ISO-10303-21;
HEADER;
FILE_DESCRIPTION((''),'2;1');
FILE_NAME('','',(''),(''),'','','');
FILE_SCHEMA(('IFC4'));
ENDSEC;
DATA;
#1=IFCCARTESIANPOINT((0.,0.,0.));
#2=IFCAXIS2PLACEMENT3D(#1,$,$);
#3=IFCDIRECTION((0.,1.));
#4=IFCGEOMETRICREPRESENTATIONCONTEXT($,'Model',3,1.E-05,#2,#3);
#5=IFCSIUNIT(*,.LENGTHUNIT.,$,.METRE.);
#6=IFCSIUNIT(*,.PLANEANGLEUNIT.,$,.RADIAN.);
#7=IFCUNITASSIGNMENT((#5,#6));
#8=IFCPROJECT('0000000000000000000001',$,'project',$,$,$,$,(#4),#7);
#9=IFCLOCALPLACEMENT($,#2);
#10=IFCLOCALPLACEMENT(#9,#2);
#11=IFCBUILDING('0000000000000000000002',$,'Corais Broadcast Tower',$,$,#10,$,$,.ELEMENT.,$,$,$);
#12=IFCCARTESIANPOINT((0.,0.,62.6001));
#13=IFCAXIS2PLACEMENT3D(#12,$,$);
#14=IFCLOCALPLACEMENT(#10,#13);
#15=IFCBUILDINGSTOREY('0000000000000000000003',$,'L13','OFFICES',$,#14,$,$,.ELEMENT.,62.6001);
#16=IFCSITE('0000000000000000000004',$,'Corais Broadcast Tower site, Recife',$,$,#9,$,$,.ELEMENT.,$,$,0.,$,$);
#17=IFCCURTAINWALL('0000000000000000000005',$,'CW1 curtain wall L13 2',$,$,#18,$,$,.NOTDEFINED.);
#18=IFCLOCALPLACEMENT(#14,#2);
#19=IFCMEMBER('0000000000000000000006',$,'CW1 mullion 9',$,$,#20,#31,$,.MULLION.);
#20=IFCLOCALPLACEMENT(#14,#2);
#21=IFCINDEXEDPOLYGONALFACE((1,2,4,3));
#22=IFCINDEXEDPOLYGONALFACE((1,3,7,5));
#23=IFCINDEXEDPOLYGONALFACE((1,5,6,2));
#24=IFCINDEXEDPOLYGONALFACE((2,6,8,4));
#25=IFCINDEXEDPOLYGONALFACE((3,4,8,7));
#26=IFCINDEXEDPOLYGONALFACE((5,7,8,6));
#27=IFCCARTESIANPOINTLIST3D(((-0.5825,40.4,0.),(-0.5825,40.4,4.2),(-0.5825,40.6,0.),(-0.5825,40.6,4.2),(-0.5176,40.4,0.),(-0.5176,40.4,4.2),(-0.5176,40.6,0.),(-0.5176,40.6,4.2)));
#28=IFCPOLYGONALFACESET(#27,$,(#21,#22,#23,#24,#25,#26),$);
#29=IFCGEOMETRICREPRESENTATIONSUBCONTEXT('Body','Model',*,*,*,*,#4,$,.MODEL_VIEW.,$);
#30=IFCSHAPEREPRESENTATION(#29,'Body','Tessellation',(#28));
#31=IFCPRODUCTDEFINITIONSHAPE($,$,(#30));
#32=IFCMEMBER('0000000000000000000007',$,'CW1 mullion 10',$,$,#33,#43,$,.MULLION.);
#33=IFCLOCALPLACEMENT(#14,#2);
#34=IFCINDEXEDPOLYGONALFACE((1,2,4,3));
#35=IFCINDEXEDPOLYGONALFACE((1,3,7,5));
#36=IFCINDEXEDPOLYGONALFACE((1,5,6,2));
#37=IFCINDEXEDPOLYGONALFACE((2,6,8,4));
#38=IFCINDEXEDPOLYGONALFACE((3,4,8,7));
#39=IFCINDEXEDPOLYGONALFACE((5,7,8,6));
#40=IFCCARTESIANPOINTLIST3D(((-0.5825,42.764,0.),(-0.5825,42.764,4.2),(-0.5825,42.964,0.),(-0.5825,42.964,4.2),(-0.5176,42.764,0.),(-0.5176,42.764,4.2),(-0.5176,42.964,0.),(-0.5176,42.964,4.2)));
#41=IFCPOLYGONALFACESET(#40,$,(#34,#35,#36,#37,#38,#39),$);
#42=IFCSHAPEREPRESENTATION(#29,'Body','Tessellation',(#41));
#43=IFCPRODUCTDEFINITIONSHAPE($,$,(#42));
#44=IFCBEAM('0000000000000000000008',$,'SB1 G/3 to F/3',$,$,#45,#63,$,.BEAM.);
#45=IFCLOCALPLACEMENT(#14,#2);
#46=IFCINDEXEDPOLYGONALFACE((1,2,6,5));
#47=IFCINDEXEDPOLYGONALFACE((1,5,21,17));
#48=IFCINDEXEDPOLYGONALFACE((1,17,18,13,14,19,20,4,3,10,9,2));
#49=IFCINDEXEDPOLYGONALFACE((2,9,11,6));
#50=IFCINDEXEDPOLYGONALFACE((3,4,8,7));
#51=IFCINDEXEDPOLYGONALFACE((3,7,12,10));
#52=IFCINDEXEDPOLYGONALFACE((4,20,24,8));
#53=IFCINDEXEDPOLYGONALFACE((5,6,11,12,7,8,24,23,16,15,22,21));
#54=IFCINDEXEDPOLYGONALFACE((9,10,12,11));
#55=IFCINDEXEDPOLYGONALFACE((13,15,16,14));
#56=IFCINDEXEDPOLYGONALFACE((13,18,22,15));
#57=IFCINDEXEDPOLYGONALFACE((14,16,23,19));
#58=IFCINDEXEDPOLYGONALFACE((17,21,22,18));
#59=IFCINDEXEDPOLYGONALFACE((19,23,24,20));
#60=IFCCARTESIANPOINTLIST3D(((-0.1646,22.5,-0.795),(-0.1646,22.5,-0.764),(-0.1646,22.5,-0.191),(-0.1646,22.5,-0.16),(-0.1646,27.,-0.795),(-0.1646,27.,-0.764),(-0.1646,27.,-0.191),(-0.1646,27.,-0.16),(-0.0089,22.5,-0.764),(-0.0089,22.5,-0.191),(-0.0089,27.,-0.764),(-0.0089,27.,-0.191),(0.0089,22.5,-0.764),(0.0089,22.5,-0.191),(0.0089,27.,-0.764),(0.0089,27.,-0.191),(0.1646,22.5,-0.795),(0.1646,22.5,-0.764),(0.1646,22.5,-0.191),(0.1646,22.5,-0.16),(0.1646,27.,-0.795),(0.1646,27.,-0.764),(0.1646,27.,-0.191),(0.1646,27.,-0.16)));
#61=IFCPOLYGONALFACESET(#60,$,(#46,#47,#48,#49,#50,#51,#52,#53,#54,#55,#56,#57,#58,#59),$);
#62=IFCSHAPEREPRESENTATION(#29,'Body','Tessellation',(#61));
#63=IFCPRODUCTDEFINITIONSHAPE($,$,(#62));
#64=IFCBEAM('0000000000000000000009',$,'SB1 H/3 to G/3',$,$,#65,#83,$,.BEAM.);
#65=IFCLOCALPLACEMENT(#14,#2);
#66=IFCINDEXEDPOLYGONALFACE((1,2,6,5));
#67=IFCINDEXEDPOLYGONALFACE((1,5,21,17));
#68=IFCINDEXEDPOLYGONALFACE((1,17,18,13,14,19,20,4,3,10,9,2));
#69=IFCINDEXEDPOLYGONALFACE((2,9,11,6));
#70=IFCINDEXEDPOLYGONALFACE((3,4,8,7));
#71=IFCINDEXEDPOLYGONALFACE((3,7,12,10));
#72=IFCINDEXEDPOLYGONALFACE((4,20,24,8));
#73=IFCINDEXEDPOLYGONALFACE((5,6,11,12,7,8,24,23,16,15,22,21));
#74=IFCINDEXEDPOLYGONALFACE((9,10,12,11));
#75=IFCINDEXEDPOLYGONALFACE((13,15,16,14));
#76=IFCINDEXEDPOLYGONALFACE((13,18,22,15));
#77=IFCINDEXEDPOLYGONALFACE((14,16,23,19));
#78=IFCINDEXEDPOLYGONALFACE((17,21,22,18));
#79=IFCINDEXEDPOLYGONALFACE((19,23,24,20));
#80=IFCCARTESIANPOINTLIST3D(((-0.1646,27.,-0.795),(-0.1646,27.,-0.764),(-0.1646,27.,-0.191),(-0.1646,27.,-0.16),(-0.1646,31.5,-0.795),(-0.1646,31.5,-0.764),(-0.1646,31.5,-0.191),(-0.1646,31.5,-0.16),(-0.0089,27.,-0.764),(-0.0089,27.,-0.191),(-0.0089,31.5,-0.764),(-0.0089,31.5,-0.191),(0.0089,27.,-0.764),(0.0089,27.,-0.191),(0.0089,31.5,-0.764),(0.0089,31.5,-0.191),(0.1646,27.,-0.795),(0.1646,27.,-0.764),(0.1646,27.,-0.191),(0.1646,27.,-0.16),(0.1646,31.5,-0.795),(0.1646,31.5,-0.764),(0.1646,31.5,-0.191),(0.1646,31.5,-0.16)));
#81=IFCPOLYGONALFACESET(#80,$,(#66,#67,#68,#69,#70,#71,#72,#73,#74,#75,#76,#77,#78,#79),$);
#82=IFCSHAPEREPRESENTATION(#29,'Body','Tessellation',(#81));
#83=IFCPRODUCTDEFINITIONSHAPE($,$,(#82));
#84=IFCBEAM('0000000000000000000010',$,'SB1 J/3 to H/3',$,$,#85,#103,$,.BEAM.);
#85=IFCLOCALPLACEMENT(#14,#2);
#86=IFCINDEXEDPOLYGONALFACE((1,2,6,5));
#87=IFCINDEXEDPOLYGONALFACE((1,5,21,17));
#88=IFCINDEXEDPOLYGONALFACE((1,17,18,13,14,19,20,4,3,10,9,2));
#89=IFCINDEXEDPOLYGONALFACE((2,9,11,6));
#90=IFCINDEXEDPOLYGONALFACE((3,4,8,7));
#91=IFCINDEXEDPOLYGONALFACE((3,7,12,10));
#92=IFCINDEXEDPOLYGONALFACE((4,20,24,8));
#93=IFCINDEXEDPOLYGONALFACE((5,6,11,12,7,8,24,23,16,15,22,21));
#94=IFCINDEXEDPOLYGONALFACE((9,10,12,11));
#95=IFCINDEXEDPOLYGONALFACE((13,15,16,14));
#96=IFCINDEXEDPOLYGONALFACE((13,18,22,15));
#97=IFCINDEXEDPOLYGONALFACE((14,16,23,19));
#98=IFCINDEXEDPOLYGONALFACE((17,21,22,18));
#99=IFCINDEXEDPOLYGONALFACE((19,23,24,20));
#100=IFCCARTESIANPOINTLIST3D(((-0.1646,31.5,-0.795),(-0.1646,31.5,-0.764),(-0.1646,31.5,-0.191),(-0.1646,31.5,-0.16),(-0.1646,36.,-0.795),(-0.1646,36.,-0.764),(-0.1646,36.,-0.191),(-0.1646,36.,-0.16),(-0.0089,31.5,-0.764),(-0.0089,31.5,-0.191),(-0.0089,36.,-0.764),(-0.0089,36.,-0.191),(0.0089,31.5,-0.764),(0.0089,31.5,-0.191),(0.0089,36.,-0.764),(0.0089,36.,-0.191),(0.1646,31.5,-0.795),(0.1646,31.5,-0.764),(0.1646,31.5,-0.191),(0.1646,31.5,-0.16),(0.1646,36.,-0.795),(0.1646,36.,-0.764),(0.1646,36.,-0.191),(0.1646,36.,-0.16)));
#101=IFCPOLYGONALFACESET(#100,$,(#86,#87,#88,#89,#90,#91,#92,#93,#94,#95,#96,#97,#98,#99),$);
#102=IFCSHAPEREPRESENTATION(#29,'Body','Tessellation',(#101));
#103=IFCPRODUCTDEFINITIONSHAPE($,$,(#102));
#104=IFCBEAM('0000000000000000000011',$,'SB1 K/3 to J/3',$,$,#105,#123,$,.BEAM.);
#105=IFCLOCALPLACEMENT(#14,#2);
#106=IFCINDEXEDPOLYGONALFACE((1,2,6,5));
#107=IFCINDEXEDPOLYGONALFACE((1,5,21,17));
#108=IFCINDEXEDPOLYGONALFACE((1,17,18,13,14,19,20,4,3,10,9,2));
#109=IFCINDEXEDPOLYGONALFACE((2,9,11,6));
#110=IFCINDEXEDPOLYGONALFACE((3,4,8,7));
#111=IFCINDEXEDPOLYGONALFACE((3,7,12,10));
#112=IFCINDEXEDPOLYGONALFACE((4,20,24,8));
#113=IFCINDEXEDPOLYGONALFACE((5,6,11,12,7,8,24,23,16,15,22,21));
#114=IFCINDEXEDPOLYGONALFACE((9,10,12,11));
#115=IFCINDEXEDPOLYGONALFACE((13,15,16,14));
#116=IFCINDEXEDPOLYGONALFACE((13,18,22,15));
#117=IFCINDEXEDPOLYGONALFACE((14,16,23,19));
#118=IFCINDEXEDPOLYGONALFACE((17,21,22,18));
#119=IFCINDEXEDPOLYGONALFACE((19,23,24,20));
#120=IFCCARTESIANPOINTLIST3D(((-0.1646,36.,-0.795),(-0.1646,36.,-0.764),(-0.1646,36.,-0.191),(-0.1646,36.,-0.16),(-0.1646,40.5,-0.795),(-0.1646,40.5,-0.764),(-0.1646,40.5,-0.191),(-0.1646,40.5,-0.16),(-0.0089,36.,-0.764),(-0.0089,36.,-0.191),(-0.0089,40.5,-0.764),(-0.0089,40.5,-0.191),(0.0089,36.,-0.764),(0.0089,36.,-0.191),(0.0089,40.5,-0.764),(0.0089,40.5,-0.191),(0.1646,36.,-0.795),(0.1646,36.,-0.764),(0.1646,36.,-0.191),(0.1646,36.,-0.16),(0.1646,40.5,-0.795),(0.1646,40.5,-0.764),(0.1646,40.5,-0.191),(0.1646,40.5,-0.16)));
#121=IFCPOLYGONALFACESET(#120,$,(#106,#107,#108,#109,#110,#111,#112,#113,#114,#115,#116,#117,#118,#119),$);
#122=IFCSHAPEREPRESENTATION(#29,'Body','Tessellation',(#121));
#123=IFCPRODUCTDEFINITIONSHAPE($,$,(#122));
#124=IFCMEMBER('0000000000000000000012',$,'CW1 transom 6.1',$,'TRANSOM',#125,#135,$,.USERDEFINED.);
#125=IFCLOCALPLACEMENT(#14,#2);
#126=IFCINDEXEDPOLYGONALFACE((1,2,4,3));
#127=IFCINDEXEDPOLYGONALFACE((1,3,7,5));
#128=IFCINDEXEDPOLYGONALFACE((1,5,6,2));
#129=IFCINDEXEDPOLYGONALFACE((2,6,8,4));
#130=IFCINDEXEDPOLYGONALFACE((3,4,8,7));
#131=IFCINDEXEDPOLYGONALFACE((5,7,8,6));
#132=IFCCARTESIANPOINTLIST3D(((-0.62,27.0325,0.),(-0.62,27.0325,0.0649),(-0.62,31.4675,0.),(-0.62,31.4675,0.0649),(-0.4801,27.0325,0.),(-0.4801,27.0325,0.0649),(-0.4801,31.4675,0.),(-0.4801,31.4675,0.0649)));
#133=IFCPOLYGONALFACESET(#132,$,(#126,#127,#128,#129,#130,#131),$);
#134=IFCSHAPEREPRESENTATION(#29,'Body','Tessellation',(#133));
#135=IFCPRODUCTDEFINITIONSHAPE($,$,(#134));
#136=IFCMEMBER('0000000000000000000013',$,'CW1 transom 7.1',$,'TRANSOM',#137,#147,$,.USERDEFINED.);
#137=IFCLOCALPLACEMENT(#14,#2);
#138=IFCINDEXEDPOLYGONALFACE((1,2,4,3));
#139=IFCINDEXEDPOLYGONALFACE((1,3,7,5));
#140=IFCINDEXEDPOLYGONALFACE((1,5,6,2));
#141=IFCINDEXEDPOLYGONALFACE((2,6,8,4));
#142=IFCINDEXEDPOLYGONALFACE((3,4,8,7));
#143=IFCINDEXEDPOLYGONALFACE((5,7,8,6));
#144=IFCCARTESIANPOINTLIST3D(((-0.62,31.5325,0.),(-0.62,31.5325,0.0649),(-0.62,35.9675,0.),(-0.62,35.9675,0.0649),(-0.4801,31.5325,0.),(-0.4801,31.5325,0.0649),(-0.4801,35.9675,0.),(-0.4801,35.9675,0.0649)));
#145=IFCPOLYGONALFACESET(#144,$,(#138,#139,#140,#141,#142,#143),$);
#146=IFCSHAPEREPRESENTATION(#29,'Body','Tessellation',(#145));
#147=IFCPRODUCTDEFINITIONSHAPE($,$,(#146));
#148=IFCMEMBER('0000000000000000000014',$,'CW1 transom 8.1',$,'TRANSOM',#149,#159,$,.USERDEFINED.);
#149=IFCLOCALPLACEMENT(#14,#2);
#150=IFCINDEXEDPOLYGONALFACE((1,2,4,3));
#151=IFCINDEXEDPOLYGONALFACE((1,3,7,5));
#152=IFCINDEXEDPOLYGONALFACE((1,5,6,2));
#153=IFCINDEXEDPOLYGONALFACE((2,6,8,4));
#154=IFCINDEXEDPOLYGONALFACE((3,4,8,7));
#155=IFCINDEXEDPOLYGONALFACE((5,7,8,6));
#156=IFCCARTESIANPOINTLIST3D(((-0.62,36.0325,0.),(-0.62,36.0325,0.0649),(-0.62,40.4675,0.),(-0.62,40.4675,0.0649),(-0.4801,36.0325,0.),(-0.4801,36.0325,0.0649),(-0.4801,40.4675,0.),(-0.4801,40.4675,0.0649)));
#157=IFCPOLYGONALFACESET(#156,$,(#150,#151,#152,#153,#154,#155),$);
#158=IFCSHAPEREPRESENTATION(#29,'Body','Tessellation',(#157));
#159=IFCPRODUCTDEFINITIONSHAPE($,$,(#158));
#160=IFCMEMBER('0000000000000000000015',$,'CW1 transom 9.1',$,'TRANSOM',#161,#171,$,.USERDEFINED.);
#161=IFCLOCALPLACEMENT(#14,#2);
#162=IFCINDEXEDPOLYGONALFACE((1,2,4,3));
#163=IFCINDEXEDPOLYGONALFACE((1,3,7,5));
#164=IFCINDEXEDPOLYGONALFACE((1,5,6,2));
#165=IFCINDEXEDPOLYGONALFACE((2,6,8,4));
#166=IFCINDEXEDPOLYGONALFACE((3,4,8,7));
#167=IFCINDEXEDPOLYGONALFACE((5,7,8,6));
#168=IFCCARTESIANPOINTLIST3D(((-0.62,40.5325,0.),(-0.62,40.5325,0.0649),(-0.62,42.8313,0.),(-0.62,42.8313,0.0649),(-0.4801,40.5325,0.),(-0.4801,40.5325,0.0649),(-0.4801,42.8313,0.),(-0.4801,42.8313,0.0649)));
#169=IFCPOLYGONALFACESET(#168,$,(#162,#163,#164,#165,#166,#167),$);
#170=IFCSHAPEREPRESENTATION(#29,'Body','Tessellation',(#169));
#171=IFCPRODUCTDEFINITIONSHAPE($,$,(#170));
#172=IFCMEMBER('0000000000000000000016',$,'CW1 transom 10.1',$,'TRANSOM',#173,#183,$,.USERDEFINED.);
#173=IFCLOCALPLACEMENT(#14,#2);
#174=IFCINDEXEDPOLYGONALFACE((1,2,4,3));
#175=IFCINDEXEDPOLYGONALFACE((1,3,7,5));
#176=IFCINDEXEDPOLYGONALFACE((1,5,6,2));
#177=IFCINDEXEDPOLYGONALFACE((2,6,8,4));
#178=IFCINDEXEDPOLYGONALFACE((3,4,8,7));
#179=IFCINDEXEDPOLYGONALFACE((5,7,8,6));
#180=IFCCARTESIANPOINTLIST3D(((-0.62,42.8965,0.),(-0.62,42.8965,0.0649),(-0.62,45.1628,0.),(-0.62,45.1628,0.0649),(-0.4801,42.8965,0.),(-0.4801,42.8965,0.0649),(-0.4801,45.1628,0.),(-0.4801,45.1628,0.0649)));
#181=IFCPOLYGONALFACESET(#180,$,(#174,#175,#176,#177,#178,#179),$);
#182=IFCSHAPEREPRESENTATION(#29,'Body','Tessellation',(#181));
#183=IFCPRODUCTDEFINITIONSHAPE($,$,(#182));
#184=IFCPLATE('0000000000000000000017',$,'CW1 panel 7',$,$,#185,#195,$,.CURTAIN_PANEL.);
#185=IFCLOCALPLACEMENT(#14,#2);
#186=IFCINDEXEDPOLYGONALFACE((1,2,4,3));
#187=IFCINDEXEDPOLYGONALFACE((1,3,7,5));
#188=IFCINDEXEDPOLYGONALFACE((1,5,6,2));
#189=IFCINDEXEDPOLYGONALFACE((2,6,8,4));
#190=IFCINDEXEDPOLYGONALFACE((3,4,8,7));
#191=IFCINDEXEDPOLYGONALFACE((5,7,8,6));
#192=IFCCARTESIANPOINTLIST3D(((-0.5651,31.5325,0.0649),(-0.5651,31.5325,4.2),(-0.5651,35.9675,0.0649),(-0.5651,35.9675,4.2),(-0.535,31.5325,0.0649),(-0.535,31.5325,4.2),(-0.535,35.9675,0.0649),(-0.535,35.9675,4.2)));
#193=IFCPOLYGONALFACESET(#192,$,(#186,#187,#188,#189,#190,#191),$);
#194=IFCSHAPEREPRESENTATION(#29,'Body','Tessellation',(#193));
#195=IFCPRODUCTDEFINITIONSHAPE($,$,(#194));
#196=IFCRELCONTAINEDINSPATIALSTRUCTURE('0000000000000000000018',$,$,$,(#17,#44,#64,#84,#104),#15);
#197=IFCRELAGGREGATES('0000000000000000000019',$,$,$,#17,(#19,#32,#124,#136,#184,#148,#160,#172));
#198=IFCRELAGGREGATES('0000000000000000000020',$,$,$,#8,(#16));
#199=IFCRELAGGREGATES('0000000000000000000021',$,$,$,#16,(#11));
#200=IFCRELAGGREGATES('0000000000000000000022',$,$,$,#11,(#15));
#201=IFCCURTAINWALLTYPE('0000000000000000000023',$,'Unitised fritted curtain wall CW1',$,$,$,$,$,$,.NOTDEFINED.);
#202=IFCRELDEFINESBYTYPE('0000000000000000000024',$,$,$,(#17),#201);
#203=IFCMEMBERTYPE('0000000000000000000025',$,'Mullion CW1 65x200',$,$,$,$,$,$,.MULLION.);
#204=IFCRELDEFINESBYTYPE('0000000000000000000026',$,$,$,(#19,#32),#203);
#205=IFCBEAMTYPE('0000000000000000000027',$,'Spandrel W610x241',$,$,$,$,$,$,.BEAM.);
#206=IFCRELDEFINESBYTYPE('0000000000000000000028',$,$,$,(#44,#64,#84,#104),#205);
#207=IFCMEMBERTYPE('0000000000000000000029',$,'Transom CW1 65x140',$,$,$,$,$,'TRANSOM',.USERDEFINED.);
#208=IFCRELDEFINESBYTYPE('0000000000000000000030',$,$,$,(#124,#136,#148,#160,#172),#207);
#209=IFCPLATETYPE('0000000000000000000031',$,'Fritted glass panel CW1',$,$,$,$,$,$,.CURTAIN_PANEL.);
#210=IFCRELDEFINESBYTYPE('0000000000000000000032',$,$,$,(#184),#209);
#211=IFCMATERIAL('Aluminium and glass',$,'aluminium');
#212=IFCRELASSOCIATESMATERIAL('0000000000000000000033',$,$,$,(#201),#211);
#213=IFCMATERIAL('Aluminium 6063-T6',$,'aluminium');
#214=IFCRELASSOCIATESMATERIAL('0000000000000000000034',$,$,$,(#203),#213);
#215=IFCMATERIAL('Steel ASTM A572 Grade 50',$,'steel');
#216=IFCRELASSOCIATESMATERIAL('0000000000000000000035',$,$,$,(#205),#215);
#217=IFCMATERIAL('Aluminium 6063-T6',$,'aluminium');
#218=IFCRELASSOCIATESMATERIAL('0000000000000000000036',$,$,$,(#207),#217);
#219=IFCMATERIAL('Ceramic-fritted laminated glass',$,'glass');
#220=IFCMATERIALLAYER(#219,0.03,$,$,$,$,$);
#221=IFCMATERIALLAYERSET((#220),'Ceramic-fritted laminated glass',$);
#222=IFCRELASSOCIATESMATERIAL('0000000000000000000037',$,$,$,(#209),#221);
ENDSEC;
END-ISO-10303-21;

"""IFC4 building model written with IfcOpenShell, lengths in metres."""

from ifc_helpers import new_model, si_unit, direction, frame, origin, origin_2d, place, context, subcontext, project, spatial, rectangle, i_section, extrude, material, layer, layer_set, material_profile, profile_set, type_object, element, aggregate, save


model = new_model("IFC4")

# Units and contexts
model_context = context("Model", 3, precision=1e-05, world=origin(), true_north=direction((0.0, 1.0)))
body_context = subcontext(model_context, "Body", "Model", "MODEL_VIEW")
ifc_project = project(units=[si_unit("LENGTHUNIT", "METRE"), si_unit("PLANEANGLEUNIT", "RADIAN")], contexts=[model_context])

# Site, building, storey
site_placement = place(None, origin())
site = spatial("IfcSite", under=ifc_project, at=site_placement, Name="Corais Broadcast Tower site, Recife", CompositionType="ELEMENT", RefElevation=0.0)
building_placement = place(site_placement, origin())
building = spatial("IfcBuilding", under=site, at=building_placement, Name="Corais Broadcast Tower", CompositionType="ELEMENT")
storey_placement = place(building_placement, frame((0.0, 0.0, 62.6001)))
storey = spatial("IfcBuildingStorey", under=building, at=storey_placement, Name="L13", Description="OFFICES", CompositionType="ELEMENT", Elevation=62.6001)

# Curtain wall, members
ifc_material_1 = material(Name="Aluminium and glass", Category="aluminium")
curtain_wall_type = type_object("IfcCurtainWallType", Name="Unitised fritted curtain wall CW1", PredefinedType="NOTDEFINED", material=ifc_material_1)
curtain_wall_placement = place(storey_placement, origin())
curtain_wall = element("IfcCurtainWall", 1, at=curtain_wall_placement, inside=storey, type_object=curtain_wall_type, Name="CW1 curtain wall L13 2", PredefinedType="NOTDEFINED")
ifc_material_2 = material(Name="Aluminium 6063-T6", Category="aluminium")
ifc_material_profile_1 = material_profile(ifc_material_2, rectangle(XDim=0.0649, YDim=0.2, at=origin_2d()), Name="Mullion CW1 65x200")
ifc_profile_set_1 = profile_set([ifc_material_profile_1], Name="Aluminium 6063-T6")
member_type_1 = type_object("IfcMemberType", Name="Mullion CW1 65x200", PredefinedType="MULLION", material=ifc_profile_set_1)
member_1_placement = place(storey_placement, frame((-0.55, 40.5, 0.0), z_axis=(0.0, 0.0, 1.0), x_axis=(-1.0, 0.0, 0.0)))
member_1 = element("IfcMember", 2, at=member_1_placement, type_object=member_type_1, Name="CW1 mullion 9", PredefinedType="MULLION", context=body_context, shape_type="SweptSolid", body=[
    extrude(rectangle(XDim=0.0649, YDim=0.2, at=origin_2d()), origin(), (0.0, 0.0, 1.0), 4.2),
])
member_2_placement = place(storey_placement, frame((-0.55, 42.864, 0.0), z_axis=(0.0, 0.0, 1.0), x_axis=(-1.0, 0.0, 0.0)))
member_2 = element("IfcMember", 3, at=member_2_placement, type_object=member_type_1, Name="CW1 mullion 10", PredefinedType="MULLION", context=body_context, shape_type="SweptSolid", body=[
    extrude(rectangle(XDim=0.0649, YDim=0.2, at=origin_2d()), origin(), (0.0, 0.0, 1.0), 4.2),
])

# Beams
ifc_material_3 = material(Name="Steel ASTM A572 Grade 50", Category="steel")
ifc_material_profile_2 = material_profile(ifc_material_3, i_section(OverallWidth=0.3291, OverallDepth=0.635, WebThickness=0.0178, FlangeThickness=0.031, at=origin_2d()), Name="W610x241")
ifc_profile_set_2 = profile_set([ifc_material_profile_2], Name="Steel ASTM A572 Grade 50")
beam_type_1 = type_object("IfcBeamType", Name="Spandrel W610x241", PredefinedType="BEAM", material=ifc_profile_set_2)
for number, where, z_axis, x_axis, name in (
    (4, (0.0, 27.0, -0.4775), (0.0, -1.0, 0.0), (1.0, 0.0, 0.0), "SB1 G/3 to F/3"),
    (5, (0.0, 31.5, -0.4775), (0.0, -1.0, 0.0), (1.0, 0.0, 0.0), "SB1 H/3 to G/3"),
    (6, (0.0, 36.0, -0.4775), (0.0, -1.0, 0.0), (1.0, 0.0, 0.0), "SB1 J/3 to H/3"),
    (7, (0.0, 40.5, -0.4775), (0.0, -1.0, 0.0), (1.0, 0.0, 0.0), "SB1 K/3 to J/3"),
):
    element("IfcBeam", number, at=place(storey_placement, frame(where, z_axis=z_axis, x_axis=x_axis)), inside=storey, type_object=beam_type_1, Name=name, PredefinedType="BEAM", context=body_context, shape_type="SweptSolid", body=[
        extrude(i_section(OverallWidth=0.3291, OverallDepth=0.635, WebThickness=0.0178, FlangeThickness=0.031, at=origin_2d()), origin(), (0.0, 0.0, 1.0), 4.5),
    ])

# Members
ifc_material_4 = material(Name="Aluminium 6063-T6", Category="aluminium")
ifc_material_profile_3 = material_profile(ifc_material_4, rectangle(XDim=0.1399, YDim=0.0649, at=origin_2d()), Name="Transom CW1 65x140")
ifc_profile_set_3 = profile_set([ifc_material_profile_3], Name="Aluminium 6063-T6")
member_type_2 = type_object("IfcMemberType", Name="Transom CW1 65x140", ElementType="TRANSOM", PredefinedType="USERDEFINED", material=ifc_profile_set_3)
member_3_placement = place(storey_placement, frame((-0.55, 27.0325, 0.0325), z_axis=(0.0, 1.0, 0.0), x_axis=(-1.0, 0.0, 0.0)))
member_3 = element("IfcMember", 8, at=member_3_placement, type_object=member_type_2, Name="CW1 transom 6.1", ObjectType="TRANSOM", PredefinedType="USERDEFINED", context=body_context, shape_type="SweptSolid", body=[
    extrude(rectangle(XDim=0.1399, YDim=0.0649, at=origin_2d()), origin(), (0.0, 0.0, 1.0), 4.4351),
])
member_4_placement = place(storey_placement, frame((-0.55, 31.5325, 0.0325), z_axis=(0.0, 1.0, 0.0), x_axis=(-1.0, 0.0, 0.0)))
member_4 = element("IfcMember", 9, at=member_4_placement, type_object=member_type_2, Name="CW1 transom 7.1", ObjectType="TRANSOM", PredefinedType="USERDEFINED", context=body_context, shape_type="SweptSolid", body=[
    extrude(rectangle(XDim=0.1399, YDim=0.0649, at=origin_2d()), origin(), (0.0, 0.0, 1.0), 4.4351),
])
member_5_placement = place(storey_placement, frame((-0.55, 36.0325, 0.0325), z_axis=(0.0, 1.0, 0.0), x_axis=(-1.0, 0.0, 0.0)))
member_5 = element("IfcMember", 10, at=member_5_placement, type_object=member_type_2, Name="CW1 transom 8.1", ObjectType="TRANSOM", PredefinedType="USERDEFINED", context=body_context, shape_type="SweptSolid", body=[
    extrude(rectangle(XDim=0.1399, YDim=0.0649, at=origin_2d()), origin(), (0.0, 0.0, 1.0), 4.4351),
])
member_6_placement = place(storey_placement, frame((-0.55, 40.5325, 0.0325), z_axis=(0.0, 1.0, 0.0), x_axis=(-1.0, 0.0, 0.0)))
member_6 = element("IfcMember", 11, at=member_6_placement, type_object=member_type_2, Name="CW1 transom 9.1", ObjectType="TRANSOM", PredefinedType="USERDEFINED", context=body_context, shape_type="SweptSolid", body=[
    extrude(rectangle(XDim=0.1399, YDim=0.0649, at=origin_2d()), origin(), (0.0, 0.0, 1.0), 2.2988),
])
member_7_placement = place(storey_placement, frame((-0.55, 42.8965, 0.0325), z_axis=(0.0, 1.0, 0.0), x_axis=(-1.0, 0.0, 0.0)))
member_7 = element("IfcMember", 12, at=member_7_placement, type_object=member_type_2, Name="CW1 transom 10.1", ObjectType="TRANSOM", PredefinedType="USERDEFINED", context=body_context, shape_type="SweptSolid", body=[
    extrude(rectangle(XDim=0.1399, YDim=0.0649, at=origin_2d()), origin(), (0.0, 0.0, 1.0), 2.2664),
])

# Plate
ifc_material_5 = material(Name="Ceramic-fritted laminated glass", Category="glass")
ifc_layer_1 = layer(ifc_material_5, 0.03)
ifc_layer_set_1 = layer_set([ifc_layer_1], Name="Ceramic-fritted laminated glass")
plate_type_1 = type_object("IfcPlateType", Name="Fritted glass panel CW1", PredefinedType="CURTAIN_PANEL", material=ifc_layer_set_1)
plate_1_placement = place(storey_placement, frame((-0.55, 33.75, 0.0649), z_axis=(0.0, 0.0, 1.0), x_axis=(0.0, 1.0, 0.0)))
plate_1 = element("IfcPlate", 13, at=plate_1_placement, type_object=plate_type_1, Name="CW1 panel 7", PredefinedType="CURTAIN_PANEL", context=body_context, shape_type="SweptSolid", body=[
    extrude(rectangle(XDim=4.4351, YDim=0.03, at=origin_2d()), origin(), (0.0, 0.0, 1.0), 4.135),
])
aggregate(curtain_wall, [member_1, member_2, member_3, member_4, plate_1, member_5, member_6, member_7])

save(model, "model.ifc")
